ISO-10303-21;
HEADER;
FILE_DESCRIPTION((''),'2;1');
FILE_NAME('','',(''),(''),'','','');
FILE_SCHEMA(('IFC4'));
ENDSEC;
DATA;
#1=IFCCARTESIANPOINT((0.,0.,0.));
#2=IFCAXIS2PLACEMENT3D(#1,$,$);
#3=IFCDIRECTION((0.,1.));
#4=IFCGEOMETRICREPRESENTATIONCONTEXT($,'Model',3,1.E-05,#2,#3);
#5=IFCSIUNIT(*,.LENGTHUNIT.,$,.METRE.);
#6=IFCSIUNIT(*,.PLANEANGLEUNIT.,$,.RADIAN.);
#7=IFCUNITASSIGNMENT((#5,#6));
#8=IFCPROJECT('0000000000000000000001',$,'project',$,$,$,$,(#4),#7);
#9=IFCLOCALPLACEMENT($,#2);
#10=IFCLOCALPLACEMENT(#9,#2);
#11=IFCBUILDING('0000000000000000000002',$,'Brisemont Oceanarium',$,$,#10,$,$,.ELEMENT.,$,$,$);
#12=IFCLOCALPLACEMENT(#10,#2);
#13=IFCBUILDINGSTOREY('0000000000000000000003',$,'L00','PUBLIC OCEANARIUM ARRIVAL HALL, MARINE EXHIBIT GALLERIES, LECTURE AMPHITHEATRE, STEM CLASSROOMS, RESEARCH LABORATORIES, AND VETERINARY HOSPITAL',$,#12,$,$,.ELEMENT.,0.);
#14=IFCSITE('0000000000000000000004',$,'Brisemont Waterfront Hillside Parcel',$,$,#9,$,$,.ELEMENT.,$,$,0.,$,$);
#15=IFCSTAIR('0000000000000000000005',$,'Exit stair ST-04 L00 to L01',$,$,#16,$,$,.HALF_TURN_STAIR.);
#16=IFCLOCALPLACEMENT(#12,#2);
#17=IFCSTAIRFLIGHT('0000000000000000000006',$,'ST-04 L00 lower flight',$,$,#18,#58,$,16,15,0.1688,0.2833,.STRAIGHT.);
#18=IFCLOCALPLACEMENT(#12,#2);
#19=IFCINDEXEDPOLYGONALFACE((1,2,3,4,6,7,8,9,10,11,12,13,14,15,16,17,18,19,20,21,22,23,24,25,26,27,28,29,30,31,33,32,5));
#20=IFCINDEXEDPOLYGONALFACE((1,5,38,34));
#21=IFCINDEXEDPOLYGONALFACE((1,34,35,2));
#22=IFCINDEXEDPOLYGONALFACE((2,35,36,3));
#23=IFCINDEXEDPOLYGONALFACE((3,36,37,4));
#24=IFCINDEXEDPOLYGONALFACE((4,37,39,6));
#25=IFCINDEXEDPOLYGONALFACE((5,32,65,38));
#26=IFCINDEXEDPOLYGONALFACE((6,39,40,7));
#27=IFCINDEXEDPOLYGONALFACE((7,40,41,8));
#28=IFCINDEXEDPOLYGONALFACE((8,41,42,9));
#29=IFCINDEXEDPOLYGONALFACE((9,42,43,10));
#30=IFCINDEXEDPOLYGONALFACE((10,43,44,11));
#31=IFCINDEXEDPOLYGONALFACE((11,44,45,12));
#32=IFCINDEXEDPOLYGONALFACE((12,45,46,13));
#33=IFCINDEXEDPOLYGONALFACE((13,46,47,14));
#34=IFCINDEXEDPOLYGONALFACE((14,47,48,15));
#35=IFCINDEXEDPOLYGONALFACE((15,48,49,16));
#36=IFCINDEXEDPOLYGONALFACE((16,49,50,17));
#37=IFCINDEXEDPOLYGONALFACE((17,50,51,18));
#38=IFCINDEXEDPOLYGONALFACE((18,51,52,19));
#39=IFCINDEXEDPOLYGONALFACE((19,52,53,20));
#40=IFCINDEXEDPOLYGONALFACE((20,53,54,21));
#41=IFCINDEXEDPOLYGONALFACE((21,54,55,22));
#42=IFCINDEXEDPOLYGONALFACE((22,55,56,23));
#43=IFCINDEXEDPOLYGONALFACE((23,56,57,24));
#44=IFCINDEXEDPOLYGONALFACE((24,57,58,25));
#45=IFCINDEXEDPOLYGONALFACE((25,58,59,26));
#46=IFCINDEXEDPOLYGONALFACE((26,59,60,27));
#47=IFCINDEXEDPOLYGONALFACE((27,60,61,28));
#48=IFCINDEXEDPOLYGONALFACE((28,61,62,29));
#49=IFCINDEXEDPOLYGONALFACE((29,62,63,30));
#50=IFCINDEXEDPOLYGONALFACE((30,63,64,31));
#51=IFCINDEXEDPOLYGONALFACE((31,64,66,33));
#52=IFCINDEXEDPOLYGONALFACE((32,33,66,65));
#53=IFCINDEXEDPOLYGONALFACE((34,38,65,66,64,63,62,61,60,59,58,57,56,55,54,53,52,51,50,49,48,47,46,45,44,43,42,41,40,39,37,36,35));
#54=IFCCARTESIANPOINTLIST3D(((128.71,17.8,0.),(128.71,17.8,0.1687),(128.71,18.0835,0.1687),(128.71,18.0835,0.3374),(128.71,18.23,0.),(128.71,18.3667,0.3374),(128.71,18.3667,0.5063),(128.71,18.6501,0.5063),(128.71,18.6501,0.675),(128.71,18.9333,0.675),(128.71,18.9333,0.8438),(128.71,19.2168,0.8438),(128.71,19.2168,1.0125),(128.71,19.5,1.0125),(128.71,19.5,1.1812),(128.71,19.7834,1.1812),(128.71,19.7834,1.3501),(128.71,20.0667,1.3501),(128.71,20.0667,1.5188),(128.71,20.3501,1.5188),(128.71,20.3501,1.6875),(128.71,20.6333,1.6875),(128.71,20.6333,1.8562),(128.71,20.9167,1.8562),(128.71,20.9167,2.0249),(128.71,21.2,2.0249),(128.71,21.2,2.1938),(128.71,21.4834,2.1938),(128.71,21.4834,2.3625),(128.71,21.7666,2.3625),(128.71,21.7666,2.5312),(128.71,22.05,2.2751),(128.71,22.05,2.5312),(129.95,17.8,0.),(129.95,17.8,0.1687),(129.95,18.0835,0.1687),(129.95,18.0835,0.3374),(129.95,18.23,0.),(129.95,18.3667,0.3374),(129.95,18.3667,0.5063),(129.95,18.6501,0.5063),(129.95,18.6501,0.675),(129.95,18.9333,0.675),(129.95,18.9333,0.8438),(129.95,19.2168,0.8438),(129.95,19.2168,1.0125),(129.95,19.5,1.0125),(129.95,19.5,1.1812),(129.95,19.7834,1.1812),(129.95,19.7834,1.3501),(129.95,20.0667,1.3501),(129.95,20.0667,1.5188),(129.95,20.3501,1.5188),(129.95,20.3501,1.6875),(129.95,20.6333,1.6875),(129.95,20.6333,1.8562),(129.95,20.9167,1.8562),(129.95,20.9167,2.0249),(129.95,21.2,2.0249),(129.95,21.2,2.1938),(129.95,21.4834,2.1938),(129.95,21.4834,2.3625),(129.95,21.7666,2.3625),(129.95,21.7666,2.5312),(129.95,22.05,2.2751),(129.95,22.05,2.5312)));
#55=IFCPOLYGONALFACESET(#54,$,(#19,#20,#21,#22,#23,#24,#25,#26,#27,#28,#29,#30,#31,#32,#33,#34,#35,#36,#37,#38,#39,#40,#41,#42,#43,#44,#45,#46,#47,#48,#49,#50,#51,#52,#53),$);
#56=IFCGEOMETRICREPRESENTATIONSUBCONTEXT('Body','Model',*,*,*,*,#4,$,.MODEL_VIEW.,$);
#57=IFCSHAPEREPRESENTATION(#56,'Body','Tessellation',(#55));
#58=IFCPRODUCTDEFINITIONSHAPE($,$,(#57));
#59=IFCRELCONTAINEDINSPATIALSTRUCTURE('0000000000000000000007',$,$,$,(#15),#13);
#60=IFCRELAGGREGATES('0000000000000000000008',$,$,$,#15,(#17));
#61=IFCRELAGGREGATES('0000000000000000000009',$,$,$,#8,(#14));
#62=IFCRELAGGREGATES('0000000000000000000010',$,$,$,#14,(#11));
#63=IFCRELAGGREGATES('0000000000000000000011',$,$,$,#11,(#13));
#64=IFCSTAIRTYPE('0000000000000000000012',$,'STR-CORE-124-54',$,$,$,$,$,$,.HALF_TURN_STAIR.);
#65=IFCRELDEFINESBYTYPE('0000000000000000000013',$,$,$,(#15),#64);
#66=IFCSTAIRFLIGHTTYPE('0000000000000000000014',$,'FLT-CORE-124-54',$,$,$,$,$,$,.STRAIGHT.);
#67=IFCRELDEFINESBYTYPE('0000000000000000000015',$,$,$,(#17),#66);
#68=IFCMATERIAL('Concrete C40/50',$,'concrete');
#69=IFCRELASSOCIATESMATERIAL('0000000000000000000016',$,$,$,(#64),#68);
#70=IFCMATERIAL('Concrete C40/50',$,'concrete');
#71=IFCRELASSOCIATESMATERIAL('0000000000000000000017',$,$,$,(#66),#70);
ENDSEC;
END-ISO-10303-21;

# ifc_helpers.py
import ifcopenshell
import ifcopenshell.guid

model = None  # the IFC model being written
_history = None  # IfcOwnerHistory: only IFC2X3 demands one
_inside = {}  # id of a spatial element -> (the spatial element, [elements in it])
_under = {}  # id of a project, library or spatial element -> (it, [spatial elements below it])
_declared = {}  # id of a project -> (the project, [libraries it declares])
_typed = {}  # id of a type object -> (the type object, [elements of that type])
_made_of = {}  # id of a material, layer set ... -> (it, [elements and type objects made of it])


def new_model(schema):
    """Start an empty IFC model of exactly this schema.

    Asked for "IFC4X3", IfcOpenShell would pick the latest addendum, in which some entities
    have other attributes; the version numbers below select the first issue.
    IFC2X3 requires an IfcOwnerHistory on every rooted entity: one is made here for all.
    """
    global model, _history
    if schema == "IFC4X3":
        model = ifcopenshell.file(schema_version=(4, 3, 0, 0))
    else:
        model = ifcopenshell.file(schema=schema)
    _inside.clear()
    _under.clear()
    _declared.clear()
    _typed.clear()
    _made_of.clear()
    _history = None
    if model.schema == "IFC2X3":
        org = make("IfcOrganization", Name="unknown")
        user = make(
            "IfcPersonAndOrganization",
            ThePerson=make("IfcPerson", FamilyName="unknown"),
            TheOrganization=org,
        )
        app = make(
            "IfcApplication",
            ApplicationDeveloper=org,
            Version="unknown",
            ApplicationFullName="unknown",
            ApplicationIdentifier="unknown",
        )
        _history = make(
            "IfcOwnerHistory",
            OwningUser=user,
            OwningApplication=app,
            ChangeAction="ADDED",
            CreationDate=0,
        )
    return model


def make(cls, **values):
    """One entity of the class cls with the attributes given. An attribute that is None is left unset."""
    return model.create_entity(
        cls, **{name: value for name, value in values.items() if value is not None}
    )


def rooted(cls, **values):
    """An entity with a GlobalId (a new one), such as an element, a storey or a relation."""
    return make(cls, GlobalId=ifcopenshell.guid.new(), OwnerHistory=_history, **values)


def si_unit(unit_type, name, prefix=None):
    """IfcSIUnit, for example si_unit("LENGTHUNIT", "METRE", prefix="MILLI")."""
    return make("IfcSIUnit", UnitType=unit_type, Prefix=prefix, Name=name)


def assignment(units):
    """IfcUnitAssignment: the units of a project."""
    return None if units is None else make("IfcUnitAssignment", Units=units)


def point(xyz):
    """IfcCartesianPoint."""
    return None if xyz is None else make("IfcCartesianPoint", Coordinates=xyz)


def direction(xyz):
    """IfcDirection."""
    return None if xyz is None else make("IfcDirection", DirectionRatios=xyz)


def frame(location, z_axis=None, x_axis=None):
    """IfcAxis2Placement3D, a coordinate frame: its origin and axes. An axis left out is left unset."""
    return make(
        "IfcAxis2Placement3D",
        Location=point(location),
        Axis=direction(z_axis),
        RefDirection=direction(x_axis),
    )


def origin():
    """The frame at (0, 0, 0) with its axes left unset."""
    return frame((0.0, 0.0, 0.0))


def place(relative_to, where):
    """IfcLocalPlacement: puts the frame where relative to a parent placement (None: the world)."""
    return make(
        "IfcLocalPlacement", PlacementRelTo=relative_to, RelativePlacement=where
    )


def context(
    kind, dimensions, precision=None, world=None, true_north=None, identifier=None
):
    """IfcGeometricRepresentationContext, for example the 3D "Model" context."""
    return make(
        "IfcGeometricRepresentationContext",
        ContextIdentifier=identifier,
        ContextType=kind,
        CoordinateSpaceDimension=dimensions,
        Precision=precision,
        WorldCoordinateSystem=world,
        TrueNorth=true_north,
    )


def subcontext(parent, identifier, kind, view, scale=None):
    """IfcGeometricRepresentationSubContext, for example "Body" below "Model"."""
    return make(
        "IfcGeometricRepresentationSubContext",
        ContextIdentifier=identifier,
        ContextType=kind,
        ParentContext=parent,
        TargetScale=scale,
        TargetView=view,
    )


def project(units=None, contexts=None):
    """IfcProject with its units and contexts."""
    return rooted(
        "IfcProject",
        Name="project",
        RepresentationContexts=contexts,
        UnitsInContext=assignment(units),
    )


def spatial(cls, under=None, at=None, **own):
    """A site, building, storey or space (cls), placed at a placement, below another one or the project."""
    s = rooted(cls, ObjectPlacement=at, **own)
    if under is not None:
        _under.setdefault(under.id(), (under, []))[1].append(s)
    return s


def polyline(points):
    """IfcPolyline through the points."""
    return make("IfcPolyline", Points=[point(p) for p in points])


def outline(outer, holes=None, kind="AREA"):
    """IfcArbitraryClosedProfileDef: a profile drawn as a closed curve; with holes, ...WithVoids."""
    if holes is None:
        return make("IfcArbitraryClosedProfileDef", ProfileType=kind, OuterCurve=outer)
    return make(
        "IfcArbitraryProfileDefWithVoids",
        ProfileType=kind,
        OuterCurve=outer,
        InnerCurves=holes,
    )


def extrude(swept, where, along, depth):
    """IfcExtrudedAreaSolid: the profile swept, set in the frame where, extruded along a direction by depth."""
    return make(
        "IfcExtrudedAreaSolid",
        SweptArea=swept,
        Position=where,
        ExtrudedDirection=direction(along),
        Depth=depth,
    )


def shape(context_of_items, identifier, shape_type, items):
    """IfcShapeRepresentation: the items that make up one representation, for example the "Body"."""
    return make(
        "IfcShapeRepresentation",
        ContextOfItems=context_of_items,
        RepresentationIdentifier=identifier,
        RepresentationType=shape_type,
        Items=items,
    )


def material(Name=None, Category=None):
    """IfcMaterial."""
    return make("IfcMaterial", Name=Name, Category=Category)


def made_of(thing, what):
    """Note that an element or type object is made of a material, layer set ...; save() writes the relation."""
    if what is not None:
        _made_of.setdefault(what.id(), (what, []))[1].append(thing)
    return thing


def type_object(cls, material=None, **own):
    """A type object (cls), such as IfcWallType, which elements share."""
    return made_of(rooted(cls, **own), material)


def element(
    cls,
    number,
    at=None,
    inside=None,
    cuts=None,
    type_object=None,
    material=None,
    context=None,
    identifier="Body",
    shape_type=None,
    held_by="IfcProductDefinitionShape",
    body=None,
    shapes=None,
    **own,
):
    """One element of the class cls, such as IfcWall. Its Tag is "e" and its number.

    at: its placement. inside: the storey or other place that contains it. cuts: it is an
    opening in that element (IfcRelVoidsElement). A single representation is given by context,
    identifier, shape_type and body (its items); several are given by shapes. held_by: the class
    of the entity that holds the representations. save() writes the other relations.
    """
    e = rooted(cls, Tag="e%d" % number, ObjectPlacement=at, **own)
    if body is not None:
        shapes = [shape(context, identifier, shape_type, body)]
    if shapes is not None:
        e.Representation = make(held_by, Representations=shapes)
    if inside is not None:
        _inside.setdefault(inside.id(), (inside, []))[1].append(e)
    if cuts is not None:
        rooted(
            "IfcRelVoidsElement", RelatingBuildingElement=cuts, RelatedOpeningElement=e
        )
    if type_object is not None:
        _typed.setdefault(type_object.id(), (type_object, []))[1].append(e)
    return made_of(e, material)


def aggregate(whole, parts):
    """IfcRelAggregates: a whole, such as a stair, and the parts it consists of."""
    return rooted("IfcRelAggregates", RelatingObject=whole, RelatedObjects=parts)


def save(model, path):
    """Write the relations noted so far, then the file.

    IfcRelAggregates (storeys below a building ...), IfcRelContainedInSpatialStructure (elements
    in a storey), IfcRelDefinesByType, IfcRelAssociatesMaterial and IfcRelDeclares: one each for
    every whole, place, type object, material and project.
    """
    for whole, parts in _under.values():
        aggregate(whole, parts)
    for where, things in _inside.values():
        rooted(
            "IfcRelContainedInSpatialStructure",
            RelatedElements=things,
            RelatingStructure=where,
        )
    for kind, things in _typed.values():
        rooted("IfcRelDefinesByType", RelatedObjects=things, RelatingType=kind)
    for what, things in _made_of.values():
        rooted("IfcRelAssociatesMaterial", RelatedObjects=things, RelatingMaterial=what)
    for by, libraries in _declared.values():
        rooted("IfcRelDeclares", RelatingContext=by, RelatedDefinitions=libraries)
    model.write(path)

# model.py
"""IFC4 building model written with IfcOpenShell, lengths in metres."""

from ifc_helpers import new_model, si_unit, direction, frame, origin, place, context, subcontext, project, spatial, polyline, outline, extrude, material, type_object, element, aggregate, save


model = new_model("IFC4")

# Units and contexts
model_context = context("Model", 3, precision=1e-05, world=origin(), true_north=direction((0.0, 1.0)))
body_context = subcontext(model_context, "Body", "Model", "MODEL_VIEW")
ifc_project = project(units=[si_unit("LENGTHUNIT", "METRE"), si_unit("PLANEANGLEUNIT", "RADIAN")], contexts=[model_context])

# Site, building, storey
site_placement = place(None, origin())
site = spatial("IfcSite", under=ifc_project, at=site_placement, Name="Brisemont Waterfront Hillside Parcel", CompositionType="ELEMENT", RefElevation=0.0)
building_placement = place(site_placement, origin())
building = spatial("IfcBuilding", under=site, at=building_placement, Name="Brisemont Oceanarium", CompositionType="ELEMENT")
storey_placement = place(building_placement, origin())
storey = spatial("IfcBuildingStorey", under=building, at=storey_placement, Name="L00", Description="PUBLIC OCEANARIUM ARRIVAL HALL, MARINE EXHIBIT GALLERIES, LECTURE AMPHITHEATRE, STEM CLASSROOMS, RESEARCH LABORATORIES, AND VETERINARY HOSPITAL", CompositionType="ELEMENT", Elevation=0.0)

# Stair, stair flight
ifc_material_1 = material(Name="Concrete C40/50", Category="concrete")
stair_type = type_object("IfcStairType", Name="STR-CORE-124-54", PredefinedType="HALF_TURN_STAIR", material=ifc_material_1)
stair_placement = place(storey_placement, origin())
stair = element("IfcStair", 1, at=stair_placement, inside=storey, type_object=stair_type, Name="Exit stair ST-04 L00 to L01", PredefinedType="HALF_TURN_STAIR")
ifc_material_2 = material(Name="Concrete C40/50", Category="concrete")
stair_flight_type = type_object("IfcStairFlightType", Name="FLT-CORE-124-54", PredefinedType="STRAIGHT", material=ifc_material_2)
stair_flight_placement = place(storey_placement, frame((129.3301, 17.8, 0.0), z_axis=(0.0, 0.0, 1.0), x_axis=(0.0, 1.0, 0.0)))
stair_flight = element("IfcStairFlight", 2, at=stair_flight_placement, type_object=stair_flight_type, Name="ST-04 L00 lower flight", NumberOfRisers=16, NumberOfTreads=15, PredefinedType="STRAIGHT", RiserHeight=0.1688, TreadLength=0.2833, context=body_context, shape_type="SweptSolid", body=[
    extrude(outline(polyline([(0.0, 0.0), (0.0, 0.1687), (0.2834, 0.1687), (0.2834, 0.3374), (0.5667, 0.3374), (0.5667, 0.5063), (0.8501, 0.5063), (0.8501, 0.675), (1.1333, 0.675), (1.1333, 0.8438), (1.4167, 0.8438), (1.4167, 1.0125), (1.7, 1.0125), (1.7, 1.1812), (1.9834, 1.1812), (1.9834, 1.3501), (2.2666, 1.3501), (2.2666, 1.5188), (2.55, 1.5188), (2.55, 1.6875), (2.8333, 1.6875), (2.8333, 1.8562), (3.1167, 1.8562), (3.1167, 2.0249), (3.3999, 2.0249), (3.3999, 2.1938), (3.6833, 2.1938), (3.6833, 2.3625), (3.9666, 2.3625), (3.9666, 2.5312), (4.25, 2.5312), (4.25, 2.7), (4.25, 2.2751), (0.4299, 0.0), (0.0, 0.0)])), frame((0.0, 0.6201, 0.0), z_axis=(0.0, -1.0, 0.0), x_axis=(1.0, 0.0, 0.0)), (0.0, 0.0, 1.0), 1.24),
])
aggregate(stair, [stair_flight])

save(model, "model.ifc")
